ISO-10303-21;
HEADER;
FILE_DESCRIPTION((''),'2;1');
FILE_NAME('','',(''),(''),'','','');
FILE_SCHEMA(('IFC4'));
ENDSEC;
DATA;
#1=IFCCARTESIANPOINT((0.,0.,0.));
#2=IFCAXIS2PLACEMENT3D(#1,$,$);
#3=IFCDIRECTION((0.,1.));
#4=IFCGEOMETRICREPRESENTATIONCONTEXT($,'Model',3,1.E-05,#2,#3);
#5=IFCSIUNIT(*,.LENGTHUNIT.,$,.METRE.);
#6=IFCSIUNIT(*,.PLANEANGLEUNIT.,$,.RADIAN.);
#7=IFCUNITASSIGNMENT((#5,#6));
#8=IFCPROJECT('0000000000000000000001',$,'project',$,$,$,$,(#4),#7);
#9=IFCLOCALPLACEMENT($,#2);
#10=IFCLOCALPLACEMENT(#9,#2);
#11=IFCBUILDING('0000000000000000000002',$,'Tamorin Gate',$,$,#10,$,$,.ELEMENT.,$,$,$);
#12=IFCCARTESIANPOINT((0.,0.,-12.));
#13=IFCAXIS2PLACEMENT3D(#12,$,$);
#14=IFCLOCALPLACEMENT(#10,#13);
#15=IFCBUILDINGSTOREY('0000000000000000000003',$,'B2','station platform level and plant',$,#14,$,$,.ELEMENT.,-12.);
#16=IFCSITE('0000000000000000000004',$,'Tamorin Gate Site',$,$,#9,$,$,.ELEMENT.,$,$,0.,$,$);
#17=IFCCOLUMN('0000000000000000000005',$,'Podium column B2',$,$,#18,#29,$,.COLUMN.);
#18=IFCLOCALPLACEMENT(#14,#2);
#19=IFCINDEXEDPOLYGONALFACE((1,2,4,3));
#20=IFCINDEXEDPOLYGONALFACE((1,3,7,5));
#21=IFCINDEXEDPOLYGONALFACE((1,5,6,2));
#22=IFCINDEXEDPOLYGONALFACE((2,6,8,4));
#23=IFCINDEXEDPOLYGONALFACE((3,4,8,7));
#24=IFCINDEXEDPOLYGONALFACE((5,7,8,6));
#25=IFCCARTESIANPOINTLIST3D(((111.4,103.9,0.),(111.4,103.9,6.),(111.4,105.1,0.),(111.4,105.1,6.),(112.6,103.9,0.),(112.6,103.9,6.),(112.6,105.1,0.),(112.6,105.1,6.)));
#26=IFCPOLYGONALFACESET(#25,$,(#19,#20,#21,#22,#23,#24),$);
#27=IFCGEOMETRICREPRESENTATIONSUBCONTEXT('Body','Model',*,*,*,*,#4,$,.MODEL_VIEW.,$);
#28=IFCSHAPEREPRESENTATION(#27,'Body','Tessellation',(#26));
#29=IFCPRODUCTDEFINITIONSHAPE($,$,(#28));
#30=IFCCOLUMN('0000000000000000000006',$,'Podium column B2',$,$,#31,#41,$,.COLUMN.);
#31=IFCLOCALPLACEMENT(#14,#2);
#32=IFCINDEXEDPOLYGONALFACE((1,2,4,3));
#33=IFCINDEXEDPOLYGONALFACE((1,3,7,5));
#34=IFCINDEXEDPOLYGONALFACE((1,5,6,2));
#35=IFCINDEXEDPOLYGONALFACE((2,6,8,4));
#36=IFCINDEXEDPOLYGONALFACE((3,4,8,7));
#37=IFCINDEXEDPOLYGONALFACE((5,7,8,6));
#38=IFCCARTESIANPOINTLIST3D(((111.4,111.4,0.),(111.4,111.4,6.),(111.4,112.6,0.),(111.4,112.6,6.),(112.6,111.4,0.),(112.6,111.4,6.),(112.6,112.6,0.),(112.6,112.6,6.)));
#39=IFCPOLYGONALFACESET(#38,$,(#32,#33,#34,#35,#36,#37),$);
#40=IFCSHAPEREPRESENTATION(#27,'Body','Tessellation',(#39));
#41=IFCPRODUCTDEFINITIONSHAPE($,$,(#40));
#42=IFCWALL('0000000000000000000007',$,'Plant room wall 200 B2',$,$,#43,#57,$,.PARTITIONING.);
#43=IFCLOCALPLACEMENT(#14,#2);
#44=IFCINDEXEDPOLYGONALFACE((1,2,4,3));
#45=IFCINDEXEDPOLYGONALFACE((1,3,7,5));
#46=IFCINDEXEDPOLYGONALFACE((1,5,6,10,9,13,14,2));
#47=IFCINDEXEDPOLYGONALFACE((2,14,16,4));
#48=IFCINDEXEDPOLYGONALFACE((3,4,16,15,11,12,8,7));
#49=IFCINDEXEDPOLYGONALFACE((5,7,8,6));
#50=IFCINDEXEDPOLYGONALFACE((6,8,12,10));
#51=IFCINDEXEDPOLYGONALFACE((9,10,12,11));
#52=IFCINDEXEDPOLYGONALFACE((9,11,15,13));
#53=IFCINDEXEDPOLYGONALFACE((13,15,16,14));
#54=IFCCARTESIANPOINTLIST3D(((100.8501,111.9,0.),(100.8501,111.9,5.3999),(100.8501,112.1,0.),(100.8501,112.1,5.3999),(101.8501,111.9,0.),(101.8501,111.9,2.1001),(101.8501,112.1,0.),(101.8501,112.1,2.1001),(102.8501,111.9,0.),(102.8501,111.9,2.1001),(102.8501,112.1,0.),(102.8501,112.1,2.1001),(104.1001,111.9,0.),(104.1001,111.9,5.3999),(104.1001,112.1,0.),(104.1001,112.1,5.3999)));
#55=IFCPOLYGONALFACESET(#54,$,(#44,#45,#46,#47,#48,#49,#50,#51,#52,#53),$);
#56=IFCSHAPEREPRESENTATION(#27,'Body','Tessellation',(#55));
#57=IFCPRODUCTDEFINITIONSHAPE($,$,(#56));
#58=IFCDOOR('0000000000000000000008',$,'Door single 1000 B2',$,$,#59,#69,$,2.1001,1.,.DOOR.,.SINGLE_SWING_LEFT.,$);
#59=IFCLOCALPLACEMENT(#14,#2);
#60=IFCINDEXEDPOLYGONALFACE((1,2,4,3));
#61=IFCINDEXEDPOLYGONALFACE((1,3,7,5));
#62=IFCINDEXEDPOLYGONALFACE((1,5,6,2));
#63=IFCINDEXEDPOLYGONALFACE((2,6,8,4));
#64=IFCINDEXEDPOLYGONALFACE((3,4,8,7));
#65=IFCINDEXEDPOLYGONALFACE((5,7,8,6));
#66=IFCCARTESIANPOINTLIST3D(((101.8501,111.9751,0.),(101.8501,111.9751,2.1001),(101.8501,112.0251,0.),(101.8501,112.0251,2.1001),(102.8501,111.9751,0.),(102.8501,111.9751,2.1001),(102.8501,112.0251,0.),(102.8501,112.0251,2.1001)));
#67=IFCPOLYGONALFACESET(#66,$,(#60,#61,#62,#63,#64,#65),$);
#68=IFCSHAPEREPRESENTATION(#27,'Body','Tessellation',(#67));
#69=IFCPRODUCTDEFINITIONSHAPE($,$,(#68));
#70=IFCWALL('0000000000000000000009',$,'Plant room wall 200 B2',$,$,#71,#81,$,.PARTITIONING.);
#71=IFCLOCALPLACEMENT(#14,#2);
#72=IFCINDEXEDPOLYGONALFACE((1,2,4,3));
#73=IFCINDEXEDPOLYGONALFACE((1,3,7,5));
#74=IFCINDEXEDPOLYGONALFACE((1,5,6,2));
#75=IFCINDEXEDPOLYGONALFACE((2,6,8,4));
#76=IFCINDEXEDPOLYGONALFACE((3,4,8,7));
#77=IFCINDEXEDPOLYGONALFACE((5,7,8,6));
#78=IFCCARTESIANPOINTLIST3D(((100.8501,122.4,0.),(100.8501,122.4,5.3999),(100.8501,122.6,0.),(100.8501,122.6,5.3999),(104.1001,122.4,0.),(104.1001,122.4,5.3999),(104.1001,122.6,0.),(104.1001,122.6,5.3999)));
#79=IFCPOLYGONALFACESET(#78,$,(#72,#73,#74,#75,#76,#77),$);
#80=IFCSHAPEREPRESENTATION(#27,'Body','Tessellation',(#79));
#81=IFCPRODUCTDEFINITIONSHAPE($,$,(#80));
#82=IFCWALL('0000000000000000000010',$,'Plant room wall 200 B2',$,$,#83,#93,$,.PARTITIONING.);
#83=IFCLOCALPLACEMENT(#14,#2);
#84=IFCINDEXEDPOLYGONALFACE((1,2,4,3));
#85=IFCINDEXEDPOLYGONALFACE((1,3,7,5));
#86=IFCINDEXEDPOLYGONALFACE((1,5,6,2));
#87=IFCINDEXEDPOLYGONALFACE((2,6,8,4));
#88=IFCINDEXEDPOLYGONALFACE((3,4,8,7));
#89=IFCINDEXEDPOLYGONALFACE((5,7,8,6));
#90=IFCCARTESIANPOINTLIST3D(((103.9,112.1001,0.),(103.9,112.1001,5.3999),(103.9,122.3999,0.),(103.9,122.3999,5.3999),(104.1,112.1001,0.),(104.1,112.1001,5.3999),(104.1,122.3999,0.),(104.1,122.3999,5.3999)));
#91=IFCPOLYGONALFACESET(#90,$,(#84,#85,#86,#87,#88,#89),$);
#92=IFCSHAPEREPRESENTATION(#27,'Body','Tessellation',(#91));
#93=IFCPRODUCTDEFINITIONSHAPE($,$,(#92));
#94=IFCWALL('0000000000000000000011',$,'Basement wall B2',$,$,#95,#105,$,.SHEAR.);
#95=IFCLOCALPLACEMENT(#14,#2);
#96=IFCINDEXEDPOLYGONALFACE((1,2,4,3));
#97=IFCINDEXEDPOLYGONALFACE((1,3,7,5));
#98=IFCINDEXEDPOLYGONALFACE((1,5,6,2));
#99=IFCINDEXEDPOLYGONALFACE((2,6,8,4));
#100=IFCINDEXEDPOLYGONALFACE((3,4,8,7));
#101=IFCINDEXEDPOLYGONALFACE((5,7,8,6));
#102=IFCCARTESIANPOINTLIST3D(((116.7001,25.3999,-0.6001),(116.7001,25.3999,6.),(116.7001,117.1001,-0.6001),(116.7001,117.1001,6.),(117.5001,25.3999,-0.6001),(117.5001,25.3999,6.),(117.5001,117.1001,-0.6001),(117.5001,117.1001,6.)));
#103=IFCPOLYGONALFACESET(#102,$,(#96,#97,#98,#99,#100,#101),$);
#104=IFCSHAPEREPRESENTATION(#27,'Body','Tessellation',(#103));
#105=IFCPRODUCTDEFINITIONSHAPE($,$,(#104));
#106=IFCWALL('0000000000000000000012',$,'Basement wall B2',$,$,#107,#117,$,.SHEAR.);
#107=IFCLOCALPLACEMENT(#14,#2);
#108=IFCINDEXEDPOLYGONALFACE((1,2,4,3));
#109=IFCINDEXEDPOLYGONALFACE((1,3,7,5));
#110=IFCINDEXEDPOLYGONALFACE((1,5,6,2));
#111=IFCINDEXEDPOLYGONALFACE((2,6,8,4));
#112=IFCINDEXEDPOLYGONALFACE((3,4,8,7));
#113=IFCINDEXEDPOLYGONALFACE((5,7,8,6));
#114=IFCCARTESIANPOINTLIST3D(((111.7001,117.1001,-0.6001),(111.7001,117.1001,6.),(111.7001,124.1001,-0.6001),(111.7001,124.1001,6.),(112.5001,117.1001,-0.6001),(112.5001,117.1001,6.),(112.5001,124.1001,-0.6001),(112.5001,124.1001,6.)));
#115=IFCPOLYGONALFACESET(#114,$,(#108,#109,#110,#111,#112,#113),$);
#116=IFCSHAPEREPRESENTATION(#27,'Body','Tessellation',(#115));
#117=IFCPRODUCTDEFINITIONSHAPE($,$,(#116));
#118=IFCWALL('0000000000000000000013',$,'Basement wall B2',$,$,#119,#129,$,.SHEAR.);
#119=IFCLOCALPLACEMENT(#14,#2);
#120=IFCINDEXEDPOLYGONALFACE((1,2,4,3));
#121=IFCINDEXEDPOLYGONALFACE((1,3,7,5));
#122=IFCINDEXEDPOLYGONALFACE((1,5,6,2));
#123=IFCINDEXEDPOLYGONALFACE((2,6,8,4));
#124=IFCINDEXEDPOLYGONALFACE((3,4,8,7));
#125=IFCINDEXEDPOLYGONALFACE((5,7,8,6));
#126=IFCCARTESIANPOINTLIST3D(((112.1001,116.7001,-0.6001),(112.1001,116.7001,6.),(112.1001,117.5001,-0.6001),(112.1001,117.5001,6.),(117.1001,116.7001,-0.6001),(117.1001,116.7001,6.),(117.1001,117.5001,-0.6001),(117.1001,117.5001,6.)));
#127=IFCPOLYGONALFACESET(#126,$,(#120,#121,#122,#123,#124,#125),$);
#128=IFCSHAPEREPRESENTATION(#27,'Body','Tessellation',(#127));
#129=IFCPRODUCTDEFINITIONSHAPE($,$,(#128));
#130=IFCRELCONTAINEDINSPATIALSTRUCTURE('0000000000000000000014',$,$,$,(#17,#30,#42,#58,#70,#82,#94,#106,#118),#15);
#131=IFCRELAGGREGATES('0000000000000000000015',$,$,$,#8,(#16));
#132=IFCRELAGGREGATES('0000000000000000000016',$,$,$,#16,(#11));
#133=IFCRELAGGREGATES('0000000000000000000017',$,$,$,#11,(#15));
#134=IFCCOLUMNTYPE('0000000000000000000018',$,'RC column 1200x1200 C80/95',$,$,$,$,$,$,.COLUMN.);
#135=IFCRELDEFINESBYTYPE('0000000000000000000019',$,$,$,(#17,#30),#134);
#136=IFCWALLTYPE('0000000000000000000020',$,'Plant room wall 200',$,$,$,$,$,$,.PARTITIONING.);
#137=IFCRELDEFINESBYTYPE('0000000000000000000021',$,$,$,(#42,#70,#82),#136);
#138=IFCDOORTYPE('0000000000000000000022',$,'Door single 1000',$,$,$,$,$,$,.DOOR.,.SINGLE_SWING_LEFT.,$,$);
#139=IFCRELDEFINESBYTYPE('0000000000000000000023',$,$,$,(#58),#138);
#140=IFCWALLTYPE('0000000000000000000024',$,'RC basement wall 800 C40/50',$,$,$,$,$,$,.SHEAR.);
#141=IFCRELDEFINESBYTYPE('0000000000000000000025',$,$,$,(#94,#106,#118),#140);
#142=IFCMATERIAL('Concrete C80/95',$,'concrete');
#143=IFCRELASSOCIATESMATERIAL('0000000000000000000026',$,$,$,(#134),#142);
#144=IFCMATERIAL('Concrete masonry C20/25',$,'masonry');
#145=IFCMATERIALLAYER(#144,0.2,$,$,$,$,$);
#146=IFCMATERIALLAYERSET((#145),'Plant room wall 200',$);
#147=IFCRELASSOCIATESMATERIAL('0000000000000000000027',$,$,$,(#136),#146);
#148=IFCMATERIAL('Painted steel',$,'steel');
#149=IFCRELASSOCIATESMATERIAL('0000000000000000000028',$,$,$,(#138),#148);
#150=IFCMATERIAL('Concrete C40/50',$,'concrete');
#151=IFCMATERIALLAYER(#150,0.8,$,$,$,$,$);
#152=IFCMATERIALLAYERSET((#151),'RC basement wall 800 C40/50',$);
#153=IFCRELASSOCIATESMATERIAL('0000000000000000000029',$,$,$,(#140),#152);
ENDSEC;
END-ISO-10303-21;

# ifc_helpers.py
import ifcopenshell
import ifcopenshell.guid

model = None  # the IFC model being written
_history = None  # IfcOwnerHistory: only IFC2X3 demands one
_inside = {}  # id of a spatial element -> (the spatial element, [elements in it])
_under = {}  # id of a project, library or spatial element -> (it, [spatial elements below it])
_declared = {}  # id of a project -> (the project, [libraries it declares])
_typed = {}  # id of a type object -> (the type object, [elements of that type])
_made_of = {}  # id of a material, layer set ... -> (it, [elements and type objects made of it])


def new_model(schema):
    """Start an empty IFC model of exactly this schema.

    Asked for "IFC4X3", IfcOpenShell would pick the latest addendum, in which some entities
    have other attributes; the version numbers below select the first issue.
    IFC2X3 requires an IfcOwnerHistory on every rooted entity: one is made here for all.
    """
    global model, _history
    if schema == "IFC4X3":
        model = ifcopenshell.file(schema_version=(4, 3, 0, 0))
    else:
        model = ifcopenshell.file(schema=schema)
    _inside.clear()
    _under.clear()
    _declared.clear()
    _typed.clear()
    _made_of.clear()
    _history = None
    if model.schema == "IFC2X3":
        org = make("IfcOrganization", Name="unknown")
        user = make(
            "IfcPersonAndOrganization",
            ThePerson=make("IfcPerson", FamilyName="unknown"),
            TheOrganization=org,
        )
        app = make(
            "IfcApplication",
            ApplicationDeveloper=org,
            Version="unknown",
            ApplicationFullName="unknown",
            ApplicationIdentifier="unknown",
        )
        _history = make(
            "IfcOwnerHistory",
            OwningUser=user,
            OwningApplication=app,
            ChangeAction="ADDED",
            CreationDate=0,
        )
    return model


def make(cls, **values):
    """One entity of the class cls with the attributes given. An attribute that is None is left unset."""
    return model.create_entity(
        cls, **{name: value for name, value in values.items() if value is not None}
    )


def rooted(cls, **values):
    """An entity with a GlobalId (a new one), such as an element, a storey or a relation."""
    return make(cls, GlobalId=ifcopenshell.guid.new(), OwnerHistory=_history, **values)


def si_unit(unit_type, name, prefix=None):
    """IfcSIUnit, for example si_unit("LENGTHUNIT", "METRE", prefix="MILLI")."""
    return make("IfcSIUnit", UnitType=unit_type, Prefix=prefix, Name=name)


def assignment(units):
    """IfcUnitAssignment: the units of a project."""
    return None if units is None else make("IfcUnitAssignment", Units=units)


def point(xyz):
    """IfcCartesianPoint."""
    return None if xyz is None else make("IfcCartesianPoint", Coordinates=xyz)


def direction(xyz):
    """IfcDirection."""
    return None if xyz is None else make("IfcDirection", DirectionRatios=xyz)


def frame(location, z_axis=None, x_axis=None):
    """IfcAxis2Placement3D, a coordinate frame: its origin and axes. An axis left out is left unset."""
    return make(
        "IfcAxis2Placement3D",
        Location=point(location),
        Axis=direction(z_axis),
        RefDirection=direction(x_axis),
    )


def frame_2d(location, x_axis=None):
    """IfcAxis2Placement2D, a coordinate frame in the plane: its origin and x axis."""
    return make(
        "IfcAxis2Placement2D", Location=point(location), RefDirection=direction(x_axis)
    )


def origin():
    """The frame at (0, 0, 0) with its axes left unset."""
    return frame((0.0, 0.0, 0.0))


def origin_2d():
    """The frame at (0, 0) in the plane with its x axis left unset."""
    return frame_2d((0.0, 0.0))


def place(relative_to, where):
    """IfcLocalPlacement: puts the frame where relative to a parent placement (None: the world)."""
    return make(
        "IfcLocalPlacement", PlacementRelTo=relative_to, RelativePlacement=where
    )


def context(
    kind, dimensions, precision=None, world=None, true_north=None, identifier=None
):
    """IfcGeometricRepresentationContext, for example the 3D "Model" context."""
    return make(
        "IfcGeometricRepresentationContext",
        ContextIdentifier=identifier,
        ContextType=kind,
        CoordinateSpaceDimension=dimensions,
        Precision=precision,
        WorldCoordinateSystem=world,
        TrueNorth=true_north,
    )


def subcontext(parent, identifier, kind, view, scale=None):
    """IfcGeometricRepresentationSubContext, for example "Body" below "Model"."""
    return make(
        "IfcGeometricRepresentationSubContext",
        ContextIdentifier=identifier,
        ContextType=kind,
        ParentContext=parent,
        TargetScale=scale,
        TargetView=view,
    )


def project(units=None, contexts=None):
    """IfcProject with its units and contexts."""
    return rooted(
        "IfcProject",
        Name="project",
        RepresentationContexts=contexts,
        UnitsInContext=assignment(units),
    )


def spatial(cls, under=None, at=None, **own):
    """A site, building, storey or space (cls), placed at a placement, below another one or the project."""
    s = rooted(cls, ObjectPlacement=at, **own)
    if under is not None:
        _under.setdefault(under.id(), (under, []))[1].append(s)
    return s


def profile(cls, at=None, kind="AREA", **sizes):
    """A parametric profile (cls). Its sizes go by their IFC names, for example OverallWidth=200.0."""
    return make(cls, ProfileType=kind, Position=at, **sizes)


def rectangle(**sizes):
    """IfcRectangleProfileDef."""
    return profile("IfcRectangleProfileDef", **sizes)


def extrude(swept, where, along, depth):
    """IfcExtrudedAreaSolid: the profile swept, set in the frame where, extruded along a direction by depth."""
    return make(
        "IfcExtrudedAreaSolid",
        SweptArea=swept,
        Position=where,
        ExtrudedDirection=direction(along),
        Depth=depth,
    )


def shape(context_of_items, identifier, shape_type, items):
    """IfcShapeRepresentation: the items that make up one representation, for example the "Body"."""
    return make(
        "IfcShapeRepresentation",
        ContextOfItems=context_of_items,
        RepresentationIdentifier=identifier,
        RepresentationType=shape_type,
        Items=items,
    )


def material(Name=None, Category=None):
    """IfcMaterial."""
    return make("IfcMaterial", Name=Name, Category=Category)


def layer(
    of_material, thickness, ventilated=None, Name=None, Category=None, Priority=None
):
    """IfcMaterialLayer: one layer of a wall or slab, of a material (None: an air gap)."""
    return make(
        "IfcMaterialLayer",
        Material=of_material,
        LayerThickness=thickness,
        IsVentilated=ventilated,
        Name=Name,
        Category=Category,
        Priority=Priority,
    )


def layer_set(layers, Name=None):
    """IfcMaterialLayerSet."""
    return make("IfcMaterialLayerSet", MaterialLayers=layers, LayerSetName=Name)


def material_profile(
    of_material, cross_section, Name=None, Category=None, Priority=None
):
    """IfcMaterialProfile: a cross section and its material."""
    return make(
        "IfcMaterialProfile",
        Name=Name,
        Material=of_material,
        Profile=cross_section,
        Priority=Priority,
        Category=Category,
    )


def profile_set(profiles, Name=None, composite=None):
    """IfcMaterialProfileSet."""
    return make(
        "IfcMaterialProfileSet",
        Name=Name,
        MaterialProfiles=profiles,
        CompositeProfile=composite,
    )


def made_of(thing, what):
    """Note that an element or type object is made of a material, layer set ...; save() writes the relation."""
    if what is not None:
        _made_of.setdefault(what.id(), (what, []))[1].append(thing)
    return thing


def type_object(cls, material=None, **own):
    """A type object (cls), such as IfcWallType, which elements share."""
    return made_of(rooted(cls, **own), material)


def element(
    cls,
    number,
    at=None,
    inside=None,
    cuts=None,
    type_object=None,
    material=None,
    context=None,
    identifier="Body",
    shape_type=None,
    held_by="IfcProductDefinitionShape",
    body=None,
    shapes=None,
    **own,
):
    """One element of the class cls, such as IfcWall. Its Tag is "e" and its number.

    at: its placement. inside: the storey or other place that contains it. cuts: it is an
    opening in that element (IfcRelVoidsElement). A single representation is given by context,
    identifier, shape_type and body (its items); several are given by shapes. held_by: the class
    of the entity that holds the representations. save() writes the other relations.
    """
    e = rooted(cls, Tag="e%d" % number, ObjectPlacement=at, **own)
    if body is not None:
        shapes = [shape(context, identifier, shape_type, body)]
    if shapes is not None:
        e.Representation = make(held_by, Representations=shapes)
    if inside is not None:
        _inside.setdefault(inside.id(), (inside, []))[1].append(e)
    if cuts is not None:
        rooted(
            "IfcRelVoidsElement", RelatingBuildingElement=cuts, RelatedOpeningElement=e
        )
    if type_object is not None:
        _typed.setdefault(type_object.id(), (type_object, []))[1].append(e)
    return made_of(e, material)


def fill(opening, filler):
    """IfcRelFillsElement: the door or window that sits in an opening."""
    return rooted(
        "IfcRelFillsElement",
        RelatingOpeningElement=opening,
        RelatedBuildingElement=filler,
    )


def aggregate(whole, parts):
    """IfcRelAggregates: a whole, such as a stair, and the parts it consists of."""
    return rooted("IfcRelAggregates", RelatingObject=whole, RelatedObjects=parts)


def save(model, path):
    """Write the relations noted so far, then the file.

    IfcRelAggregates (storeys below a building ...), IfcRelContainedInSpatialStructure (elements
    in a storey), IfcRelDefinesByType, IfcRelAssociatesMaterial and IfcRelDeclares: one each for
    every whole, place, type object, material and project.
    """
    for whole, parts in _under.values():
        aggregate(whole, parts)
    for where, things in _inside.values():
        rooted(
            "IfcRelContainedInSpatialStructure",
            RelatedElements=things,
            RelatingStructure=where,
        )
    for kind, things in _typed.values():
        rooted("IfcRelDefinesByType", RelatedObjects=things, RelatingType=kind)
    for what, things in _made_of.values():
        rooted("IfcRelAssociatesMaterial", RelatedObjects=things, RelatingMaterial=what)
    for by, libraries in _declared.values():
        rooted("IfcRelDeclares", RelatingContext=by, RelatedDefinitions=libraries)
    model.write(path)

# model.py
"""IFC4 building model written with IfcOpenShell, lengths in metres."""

from ifc_helpers import new_model, si_unit, direction, frame, frame_2d, origin, origin_2d, place, context, subcontext, project, spatial, rectangle, extrude, material, layer, layer_set, material_profile, profile_set, type_object, element, fill, save


model = new_model("IFC4")

# Units and contexts
model_context = context("Model", 3, precision=1e-05, world=origin(), true_north=direction((0.0, 1.0)))
body_context = subcontext(model_context, "Body", "Model", "MODEL_VIEW")
ifc_project = project(units=[si_unit("LENGTHUNIT", "METRE"), si_unit("PLANEANGLEUNIT", "RADIAN")], contexts=[model_context])

# Site, building, storey
site_placement = place(None, origin())
site = spatial("IfcSite", under=ifc_project, at=site_placement, Name="Tamorin Gate Site", CompositionType="ELEMENT", RefElevation=0.0)
building_placement = place(site_placement, origin())
building = spatial("IfcBuilding", under=site, at=building_placement, Name="Tamorin Gate", CompositionType="ELEMENT")
storey_placement = place(building_placement, frame((0.0, 0.0, -12.0)))
storey = spatial("IfcBuildingStorey", under=building, at=storey_placement, Name="B2", Description="station platform level and plant", CompositionType="ELEMENT", Elevation=-12.0)

# Shared definitions
ifc_material_1 = material(Name="Concrete C40/50", Category="concrete")

# Columns
ifc_material_2 = material(Name="Concrete C80/95", Category="concrete")
ifc_material_profile_1 = material_profile(ifc_material_2, rectangle(XDim=1.2, YDim=1.2, at=origin_2d()), Name="RC 1200x1200")
ifc_profile_set_1 = profile_set([ifc_material_profile_1], Name="Concrete C80/95")
column_type = type_object("IfcColumnType", Name="RC column 1200x1200 C80/95", PredefinedType="COLUMN", material=ifc_profile_set_1)
for number, where, z_axis, x_axis, name in (
    (1, (112.0, 104.5, 0.0), (0.0, 0.0, 1.0), (1.0, 0.0, 0.0), "Podium column B2"),
    (2, (112.0, 112.0, 0.0), (0.0, 0.0, 1.0), (1.0, 0.0, 0.0), "Podium column B2"),
):
    element("IfcColumn", number, at=place(storey_placement, frame(where, z_axis=z_axis, x_axis=x_axis)), inside=storey, type_object=column_type, Name=name, PredefinedType="COLUMN", context=body_context, shape_type="SweptSolid", body=[
        extrude(rectangle(XDim=1.2, YDim=1.2, at=origin_2d()), origin(), (0.0, 0.0, 1.0), 6.0),
    ])

# Wall, opening, door
ifc_material_3 = material(Name="Concrete masonry C20/25", Category="masonry")
ifc_layer_1 = layer(ifc_material_3, 0.2)
ifc_layer_set_1 = layer_set([ifc_layer_1], Name="Plant room wall 200")
wall_type_1 = type_object("IfcWallType", Name="Plant room wall 200", PredefinedType="PARTITIONING", material=ifc_layer_set_1)
wall_1_placement = place(storey_placement, frame((104.1001, 112.0, 0.0), z_axis=(0.0, 0.0, 1.0), x_axis=(-1.0, 0.0, 0.0)))
wall_1 = element("IfcWall", 3, at=wall_1_placement, inside=storey, type_object=wall_type_1, Name="Plant room wall 200 B2", PredefinedType="PARTITIONING", context=body_context, shape_type="SweptSolid", body=[
    extrude(rectangle(XDim=3.25, YDim=0.2, at=frame_2d((1.625, 0.0))), origin(), (0.0, 0.0, 1.0), 5.3999),
])
opening_placement = place(wall_1_placement, frame((1.25, 0.0, 0.0)))
opening = element("IfcOpeningElement", 4, at=opening_placement, cuts=wall_1, PredefinedType="OPENING", context=body_context, shape_type="SweptSolid", body=[
    extrude(rectangle(XDim=1.0, YDim=2.1001, at=frame_2d((0.5, 1.05))), frame((0.0, 0.1099, 0.0), z_axis=(0.0, -1.0, 0.0), x_axis=(1.0, 0.0, 0.0)), (0.0, 0.0, 1.0), 0.22),
])
ifc_material_4 = material(Name="Painted steel", Category="steel")
door_type = type_object("IfcDoorType", Name="Door single 1000", OperationType="SINGLE_SWING_LEFT", PredefinedType="DOOR", material=ifc_material_4)
door_placement = place(opening_placement, origin())
door = element("IfcDoor", 5, at=door_placement, inside=storey, type_object=door_type, Name="Door single 1000 B2", OperationType="SINGLE_SWING_LEFT", OverallHeight=2.1001, OverallWidth=1.0, PredefinedType="DOOR", context=body_context, shape_type="SweptSolid", body=[
    extrude(rectangle(XDim=1.0, YDim=2.1001, at=frame_2d((0.5, 1.05))), frame((0.0, 0.0249, 0.0), z_axis=(0.0, -1.0, 0.0), x_axis=(1.0, 0.0, 0.0)), (0.0, 0.0, 1.0), 0.05),
])
fill(opening, door)

# Walls
wall_2_placement = place(storey_placement, frame((100.8501, 122.5, 0.0), z_axis=(0.0, 0.0, 1.0), x_axis=(1.0, 0.0, 0.0)))
element("IfcWall", 6, at=wall_2_placement, inside=storey, type_object=wall_type_1, Name="Plant room wall 200 B2", PredefinedType="PARTITIONING", context=body_context, shape_type="SweptSolid", body=[
    extrude(rectangle(XDim=3.25, YDim=0.2, at=frame_2d((1.625, 0.0))), origin(), (0.0, 0.0, 1.0), 5.3999),
])
wall_3_placement = place(storey_placement, frame((104.0, 112.1001, 0.0), z_axis=(0.0, 0.0, 1.0), x_axis=(0.0, 1.0, 0.0)))
element("IfcWall", 7, at=wall_3_placement, inside=storey, type_object=wall_type_1, Name="Plant room wall 200 B2", PredefinedType="PARTITIONING", context=body_context, shape_type="SweptSolid", body=[
    extrude(rectangle(XDim=10.2998, YDim=0.2, at=frame_2d((5.1499, 0.0))), origin(), (0.0, 0.0, 1.0), 5.3999),
])
ifc_layer_2 = layer(ifc_material_1, 0.8)
ifc_layer_set_2 = layer_set([ifc_layer_2], Name="RC basement wall 800 C40/50")
wall_type_2 = type_object("IfcWallType", Name="RC basement wall 800 C40/50", PredefinedType="SHEAR", material=ifc_layer_set_2)
wall_4_placement = place(storey_placement, frame((117.1001, 117.1001, -0.6001), z_axis=(0.0, 0.0, 1.0), x_axis=(0.0, -1.0, 0.0)))
element("IfcWall", 8, at=wall_4_placement, inside=storey, type_object=wall_type_2, Name="Basement wall B2", PredefinedType="SHEAR", context=body_context, shape_type="SweptSolid", body=[
    extrude(rectangle(XDim=91.7002, YDim=0.8, at=frame_2d((45.8501, 0.0))), origin(), (0.0, 0.0, 1.0), 6.6001),
])
wall_5_placement = place(storey_placement, frame((112.1001, 124.1001, -0.6001), z_axis=(0.0, 0.0, 1.0), x_axis=(0.0, -1.0, 0.0)))
element("IfcWall", 9, at=wall_5_placement, inside=storey, type_object=wall_type_2, Name="Basement wall B2", PredefinedType="SHEAR", context=body_context, shape_type="SweptSolid", body=[
    extrude(rectangle(XDim=7.0, YDim=0.8, at=frame_2d((3.5, 0.0))), origin(), (0.0, 0.0, 1.0), 6.6001),
])
wall_6_placement = place(storey_placement, frame((112.1001, 117.1001, -0.6001), z_axis=(0.0, 0.0, 1.0), x_axis=(1.0, 0.0, 0.0)))
element("IfcWall", 10, at=wall_6_placement, inside=storey, type_object=wall_type_2, Name="Basement wall B2", PredefinedType="SHEAR", context=body_context, shape_type="SweptSolid", body=[
    extrude(rectangle(XDim=5.0, YDim=0.8, at=frame_2d((2.5, 0.0))), origin(), (0.0, 0.0, 1.0), 6.6001),
])

save(model, "model.ifc")
